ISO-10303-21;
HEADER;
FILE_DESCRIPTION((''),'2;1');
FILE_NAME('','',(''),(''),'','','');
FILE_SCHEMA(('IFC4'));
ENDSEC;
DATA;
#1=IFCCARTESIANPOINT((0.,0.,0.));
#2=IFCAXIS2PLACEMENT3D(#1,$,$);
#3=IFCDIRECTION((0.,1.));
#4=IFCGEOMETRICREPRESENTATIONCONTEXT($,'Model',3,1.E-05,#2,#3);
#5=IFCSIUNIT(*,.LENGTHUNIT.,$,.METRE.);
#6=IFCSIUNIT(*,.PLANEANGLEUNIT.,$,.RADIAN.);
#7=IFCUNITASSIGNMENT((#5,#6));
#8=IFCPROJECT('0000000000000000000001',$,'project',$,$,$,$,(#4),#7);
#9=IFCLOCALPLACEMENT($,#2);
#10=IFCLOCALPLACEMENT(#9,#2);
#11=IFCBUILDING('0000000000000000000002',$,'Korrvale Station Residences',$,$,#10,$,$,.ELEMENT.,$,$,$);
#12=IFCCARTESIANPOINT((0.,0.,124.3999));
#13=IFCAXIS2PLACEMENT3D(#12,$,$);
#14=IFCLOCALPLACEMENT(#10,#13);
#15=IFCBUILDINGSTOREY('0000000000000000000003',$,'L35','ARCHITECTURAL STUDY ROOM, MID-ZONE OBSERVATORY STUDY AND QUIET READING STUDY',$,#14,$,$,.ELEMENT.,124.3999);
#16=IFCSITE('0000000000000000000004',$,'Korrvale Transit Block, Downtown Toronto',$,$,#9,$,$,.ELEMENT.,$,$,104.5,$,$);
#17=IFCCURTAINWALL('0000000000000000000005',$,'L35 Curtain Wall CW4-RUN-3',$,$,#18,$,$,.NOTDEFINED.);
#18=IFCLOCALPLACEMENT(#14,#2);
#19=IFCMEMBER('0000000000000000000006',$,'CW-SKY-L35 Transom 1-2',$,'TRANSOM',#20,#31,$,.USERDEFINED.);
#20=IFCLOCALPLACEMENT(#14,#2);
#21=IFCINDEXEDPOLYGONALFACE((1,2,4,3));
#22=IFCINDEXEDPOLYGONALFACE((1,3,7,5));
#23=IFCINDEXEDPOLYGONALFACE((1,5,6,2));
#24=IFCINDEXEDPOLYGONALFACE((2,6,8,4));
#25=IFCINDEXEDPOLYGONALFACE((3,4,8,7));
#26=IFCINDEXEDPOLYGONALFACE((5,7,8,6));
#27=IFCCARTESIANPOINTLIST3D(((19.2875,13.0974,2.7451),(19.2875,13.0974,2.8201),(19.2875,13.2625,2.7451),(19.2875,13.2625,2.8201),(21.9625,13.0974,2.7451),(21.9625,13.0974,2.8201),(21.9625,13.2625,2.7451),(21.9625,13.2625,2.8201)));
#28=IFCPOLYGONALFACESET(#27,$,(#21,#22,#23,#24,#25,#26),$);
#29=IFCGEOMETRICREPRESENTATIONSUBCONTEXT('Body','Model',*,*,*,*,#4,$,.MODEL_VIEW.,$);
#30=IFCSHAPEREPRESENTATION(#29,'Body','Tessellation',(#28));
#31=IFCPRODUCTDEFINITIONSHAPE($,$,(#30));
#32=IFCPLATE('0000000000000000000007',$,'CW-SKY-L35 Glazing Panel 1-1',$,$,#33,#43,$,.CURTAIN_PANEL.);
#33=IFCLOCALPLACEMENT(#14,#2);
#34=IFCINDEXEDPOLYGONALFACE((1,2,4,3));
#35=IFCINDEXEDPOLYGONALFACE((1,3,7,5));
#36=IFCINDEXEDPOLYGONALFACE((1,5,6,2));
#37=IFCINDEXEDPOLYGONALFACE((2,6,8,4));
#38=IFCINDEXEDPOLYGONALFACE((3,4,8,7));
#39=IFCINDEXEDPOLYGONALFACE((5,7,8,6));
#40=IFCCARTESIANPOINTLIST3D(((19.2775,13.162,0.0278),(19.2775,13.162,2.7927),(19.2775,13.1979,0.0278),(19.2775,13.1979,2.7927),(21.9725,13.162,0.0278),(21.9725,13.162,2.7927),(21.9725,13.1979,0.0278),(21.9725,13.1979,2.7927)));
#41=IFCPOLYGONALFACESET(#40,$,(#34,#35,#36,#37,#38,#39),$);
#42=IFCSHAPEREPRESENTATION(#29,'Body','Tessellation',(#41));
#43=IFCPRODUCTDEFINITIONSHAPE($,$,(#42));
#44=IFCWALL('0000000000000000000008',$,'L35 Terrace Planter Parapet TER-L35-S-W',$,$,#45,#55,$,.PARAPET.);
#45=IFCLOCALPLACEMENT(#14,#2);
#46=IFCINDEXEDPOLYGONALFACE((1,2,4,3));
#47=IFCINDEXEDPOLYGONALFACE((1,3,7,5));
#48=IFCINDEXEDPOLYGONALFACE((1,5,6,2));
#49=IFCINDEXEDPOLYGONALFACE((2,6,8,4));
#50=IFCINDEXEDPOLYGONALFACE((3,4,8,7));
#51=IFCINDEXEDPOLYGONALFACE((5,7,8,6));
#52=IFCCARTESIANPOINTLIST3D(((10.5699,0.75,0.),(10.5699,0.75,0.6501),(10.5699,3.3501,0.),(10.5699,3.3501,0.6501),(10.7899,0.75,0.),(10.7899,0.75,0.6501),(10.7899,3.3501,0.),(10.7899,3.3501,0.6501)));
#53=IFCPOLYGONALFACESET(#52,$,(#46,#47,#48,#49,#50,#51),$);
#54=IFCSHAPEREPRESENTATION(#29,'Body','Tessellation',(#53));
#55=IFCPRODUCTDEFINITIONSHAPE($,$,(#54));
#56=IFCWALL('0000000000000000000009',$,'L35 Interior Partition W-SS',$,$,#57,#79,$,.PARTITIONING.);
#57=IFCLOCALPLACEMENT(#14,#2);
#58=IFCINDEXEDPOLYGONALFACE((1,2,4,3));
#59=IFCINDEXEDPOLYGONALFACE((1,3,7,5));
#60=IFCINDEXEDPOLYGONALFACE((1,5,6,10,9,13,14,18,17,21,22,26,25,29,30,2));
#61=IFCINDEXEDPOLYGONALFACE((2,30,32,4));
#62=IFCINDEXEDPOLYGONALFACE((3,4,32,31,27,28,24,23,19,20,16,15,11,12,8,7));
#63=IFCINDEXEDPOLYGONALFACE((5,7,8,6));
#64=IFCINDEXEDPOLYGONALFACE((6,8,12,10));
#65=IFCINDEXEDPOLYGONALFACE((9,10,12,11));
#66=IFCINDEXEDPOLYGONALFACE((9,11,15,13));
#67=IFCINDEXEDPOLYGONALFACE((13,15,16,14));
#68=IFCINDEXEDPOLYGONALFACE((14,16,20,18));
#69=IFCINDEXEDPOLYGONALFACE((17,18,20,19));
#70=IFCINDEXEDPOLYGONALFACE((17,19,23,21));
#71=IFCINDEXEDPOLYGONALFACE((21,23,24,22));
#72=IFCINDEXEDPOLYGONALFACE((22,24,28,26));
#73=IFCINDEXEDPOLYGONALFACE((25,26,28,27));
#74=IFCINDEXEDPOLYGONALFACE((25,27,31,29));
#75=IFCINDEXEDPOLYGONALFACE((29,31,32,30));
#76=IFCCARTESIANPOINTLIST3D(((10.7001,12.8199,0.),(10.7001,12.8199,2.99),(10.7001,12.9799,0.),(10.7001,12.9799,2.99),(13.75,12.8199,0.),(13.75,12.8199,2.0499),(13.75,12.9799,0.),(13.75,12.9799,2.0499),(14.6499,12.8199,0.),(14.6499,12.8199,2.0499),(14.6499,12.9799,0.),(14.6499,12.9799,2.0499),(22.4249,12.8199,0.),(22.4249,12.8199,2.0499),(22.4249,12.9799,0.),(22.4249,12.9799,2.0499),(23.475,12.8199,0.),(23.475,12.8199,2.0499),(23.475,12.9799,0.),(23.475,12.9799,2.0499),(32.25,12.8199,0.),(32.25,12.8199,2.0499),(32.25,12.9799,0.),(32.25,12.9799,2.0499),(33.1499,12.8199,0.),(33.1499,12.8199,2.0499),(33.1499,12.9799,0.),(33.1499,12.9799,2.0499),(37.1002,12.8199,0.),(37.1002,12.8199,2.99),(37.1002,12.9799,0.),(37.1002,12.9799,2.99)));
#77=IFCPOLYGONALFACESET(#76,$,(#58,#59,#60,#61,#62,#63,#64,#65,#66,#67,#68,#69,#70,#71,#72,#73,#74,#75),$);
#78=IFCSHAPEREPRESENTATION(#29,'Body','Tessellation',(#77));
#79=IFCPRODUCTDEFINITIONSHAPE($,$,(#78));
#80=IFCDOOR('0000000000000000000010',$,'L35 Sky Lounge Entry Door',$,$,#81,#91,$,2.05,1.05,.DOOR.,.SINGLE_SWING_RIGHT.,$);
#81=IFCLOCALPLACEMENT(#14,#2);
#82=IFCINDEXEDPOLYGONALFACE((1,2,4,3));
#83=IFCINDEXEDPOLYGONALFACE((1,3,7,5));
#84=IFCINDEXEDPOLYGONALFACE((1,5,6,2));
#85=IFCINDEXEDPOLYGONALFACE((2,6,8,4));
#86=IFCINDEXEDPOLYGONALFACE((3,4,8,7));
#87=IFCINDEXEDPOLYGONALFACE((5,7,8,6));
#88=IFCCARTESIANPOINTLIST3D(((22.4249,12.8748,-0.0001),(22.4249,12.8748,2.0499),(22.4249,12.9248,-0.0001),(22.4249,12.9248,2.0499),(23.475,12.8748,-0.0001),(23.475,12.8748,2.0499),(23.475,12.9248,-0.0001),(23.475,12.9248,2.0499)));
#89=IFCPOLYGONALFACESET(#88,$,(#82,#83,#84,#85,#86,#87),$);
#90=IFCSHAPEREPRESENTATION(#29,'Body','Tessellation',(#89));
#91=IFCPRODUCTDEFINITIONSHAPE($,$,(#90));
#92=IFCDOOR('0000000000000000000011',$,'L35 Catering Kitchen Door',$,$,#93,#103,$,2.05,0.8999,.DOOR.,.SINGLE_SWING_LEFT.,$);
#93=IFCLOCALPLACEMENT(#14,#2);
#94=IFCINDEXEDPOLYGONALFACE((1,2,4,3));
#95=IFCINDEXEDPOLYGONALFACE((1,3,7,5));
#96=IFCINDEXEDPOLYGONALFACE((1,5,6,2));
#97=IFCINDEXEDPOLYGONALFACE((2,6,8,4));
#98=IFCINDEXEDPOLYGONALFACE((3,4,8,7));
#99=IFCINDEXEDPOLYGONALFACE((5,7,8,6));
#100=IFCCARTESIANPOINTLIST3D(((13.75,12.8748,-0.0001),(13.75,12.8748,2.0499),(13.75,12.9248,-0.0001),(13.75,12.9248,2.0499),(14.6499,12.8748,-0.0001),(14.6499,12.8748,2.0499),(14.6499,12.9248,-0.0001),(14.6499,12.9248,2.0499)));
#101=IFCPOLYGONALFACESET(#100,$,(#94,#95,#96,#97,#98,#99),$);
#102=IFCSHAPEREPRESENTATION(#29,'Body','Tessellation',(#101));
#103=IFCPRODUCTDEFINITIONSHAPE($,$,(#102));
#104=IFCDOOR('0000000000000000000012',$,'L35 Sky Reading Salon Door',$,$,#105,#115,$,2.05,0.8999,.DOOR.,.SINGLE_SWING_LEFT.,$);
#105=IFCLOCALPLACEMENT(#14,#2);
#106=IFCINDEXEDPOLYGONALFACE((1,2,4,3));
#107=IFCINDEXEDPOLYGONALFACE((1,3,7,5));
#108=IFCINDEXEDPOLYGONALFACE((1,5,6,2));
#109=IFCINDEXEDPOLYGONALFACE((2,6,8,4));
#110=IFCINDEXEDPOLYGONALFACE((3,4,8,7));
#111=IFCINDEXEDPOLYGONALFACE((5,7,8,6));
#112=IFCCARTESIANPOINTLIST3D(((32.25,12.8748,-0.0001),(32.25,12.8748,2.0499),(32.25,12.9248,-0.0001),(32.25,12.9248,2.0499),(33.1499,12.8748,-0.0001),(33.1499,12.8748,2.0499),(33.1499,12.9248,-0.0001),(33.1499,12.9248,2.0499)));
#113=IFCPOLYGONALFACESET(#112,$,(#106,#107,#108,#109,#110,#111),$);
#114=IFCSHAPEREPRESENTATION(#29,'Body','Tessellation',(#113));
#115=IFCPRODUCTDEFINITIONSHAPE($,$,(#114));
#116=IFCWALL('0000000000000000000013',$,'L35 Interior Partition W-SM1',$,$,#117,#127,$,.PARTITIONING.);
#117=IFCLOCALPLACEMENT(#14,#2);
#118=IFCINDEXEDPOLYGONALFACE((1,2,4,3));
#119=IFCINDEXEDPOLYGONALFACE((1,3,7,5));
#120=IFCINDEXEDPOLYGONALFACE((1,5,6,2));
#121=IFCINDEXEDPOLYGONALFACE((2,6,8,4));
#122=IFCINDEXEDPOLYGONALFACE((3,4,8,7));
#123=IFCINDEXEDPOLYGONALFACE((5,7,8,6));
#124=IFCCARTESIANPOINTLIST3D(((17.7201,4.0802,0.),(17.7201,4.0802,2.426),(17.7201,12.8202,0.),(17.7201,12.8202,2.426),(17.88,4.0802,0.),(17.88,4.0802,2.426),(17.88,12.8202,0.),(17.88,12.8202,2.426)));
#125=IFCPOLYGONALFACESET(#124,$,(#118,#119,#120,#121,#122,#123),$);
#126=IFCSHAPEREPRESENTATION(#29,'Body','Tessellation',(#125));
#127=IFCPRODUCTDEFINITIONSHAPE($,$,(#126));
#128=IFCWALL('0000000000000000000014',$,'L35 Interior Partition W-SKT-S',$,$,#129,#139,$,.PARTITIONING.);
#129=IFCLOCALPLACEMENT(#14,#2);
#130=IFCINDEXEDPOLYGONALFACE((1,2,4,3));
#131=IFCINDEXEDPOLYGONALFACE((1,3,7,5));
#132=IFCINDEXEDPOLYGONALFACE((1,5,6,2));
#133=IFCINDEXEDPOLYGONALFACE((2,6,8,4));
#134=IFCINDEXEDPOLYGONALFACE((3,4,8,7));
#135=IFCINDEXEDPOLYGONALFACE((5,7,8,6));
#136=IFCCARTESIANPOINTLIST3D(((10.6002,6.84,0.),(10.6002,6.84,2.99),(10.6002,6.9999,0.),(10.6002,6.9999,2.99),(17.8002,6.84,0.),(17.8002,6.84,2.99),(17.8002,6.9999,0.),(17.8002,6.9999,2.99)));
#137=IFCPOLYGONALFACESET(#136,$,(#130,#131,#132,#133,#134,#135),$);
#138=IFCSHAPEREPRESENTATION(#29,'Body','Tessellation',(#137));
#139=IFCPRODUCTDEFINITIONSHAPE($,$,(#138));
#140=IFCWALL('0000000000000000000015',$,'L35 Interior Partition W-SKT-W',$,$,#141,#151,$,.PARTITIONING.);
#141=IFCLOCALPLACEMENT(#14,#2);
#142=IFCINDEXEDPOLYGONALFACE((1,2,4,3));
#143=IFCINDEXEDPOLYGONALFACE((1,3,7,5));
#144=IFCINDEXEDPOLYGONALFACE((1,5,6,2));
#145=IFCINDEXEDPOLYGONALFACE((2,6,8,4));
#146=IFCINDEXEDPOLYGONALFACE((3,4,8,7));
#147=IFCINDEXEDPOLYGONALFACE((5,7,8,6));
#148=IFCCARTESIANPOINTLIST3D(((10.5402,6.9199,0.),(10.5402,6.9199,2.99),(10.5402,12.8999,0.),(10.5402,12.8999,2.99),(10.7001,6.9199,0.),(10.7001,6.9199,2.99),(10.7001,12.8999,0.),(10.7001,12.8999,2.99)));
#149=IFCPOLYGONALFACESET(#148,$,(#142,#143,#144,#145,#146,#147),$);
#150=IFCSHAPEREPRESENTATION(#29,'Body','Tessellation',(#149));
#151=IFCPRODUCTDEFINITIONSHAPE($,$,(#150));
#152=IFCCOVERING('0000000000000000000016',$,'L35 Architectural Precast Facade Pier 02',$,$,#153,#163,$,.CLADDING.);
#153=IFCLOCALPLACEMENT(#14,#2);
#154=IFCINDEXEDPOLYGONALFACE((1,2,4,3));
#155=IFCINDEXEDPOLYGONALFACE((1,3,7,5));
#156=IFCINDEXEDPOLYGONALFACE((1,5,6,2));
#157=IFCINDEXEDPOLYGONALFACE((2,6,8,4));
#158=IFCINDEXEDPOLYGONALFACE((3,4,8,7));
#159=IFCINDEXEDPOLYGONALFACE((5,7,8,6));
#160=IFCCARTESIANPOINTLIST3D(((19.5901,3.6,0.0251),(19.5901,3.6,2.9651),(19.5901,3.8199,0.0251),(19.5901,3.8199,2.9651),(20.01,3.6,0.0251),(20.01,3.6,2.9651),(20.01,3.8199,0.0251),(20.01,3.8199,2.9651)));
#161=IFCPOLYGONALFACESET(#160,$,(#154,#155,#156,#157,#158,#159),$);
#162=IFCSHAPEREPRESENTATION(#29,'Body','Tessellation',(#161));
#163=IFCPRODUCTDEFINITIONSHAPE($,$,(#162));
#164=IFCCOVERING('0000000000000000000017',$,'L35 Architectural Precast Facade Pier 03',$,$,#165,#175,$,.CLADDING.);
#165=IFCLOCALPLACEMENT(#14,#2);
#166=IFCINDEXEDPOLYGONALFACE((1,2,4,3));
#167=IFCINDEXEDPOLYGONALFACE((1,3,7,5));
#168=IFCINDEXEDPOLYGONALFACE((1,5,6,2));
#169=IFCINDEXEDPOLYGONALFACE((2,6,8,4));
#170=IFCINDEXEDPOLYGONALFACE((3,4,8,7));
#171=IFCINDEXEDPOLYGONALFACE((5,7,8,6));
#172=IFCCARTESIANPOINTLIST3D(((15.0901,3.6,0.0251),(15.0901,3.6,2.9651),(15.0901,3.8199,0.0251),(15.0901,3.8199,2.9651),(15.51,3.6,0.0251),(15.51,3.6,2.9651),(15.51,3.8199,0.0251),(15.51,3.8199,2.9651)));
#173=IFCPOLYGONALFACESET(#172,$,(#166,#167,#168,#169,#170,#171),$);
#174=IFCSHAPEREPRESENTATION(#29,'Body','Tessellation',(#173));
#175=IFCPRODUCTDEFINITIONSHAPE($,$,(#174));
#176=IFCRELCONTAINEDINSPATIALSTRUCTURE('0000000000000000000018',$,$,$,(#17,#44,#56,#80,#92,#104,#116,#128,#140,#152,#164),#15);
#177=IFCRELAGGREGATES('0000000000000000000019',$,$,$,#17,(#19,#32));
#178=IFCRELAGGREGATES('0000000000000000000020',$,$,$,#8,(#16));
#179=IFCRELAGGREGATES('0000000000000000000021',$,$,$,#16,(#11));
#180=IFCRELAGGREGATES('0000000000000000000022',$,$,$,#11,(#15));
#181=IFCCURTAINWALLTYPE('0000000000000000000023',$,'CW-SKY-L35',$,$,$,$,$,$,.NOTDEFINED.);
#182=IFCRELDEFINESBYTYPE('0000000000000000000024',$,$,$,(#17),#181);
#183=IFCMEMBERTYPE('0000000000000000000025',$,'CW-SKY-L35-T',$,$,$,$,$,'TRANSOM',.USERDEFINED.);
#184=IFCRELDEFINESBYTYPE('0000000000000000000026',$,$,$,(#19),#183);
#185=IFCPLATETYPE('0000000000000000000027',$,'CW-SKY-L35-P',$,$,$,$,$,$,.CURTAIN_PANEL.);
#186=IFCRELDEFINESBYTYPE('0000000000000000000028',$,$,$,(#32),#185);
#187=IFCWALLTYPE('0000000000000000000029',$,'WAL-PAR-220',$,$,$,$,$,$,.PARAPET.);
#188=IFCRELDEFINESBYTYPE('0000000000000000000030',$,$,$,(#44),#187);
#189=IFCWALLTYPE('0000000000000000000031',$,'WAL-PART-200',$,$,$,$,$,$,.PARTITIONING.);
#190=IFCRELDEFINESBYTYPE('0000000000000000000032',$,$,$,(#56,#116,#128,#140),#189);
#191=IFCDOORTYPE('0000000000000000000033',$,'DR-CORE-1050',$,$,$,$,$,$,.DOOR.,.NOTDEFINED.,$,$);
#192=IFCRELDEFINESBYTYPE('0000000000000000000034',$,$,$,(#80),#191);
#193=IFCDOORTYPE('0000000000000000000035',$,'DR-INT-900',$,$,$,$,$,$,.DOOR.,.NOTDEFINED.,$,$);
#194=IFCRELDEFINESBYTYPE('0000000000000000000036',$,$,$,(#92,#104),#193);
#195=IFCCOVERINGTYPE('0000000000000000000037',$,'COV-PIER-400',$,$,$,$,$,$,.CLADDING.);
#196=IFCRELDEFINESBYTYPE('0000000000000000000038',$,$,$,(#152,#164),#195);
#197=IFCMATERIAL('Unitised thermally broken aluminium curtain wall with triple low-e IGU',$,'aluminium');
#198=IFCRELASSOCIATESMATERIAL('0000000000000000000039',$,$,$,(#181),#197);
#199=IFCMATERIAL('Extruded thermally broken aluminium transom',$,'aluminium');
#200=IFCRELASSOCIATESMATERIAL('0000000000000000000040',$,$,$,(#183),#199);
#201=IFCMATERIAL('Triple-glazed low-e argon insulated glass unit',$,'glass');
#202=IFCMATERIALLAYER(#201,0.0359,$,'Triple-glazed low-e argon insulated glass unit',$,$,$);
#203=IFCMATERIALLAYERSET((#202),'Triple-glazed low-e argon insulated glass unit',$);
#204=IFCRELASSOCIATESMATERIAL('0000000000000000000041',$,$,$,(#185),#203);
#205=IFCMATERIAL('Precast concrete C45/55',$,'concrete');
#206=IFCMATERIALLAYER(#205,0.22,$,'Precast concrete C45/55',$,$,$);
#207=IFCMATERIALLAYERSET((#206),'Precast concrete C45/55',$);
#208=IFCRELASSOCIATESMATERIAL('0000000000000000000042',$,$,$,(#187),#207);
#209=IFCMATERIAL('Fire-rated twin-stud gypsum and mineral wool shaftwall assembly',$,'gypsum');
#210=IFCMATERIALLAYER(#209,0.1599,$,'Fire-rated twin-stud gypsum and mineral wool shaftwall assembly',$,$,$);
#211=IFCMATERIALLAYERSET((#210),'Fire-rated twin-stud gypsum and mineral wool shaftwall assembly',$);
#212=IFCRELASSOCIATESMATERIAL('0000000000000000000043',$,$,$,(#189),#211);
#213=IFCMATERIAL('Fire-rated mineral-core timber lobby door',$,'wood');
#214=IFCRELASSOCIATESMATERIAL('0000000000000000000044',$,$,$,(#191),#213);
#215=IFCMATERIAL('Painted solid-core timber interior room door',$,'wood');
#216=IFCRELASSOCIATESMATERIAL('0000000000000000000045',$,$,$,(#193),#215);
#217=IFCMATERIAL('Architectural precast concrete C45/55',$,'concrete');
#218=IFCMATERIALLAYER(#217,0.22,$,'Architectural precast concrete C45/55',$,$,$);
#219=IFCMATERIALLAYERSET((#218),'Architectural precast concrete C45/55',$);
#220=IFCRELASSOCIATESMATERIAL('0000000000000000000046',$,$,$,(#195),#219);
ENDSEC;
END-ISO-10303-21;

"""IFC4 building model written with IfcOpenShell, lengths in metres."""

from ifc_helpers import new_model, si_unit, direction, frame, frame_2d, origin, origin_2d, place, context, subcontext, project, spatial, rectangle, extrude, material, layer, layer_set, type_object, element, fill, aggregate, save


model = new_model("IFC4")

# Units and contexts
model_context = context("Model", 3, precision=1e-05, world=origin(), true_north=direction((0.0, 1.0)))
body_context = subcontext(model_context, "Body", "Model", "MODEL_VIEW")
ifc_project = project(units=[si_unit("LENGTHUNIT", "METRE"), si_unit("PLANEANGLEUNIT", "RADIAN")], contexts=[model_context])

# Site, building, storey
site_placement = place(None, origin())
site = spatial("IfcSite", under=ifc_project, at=site_placement, Name="Korrvale Transit Block, Downtown Toronto", CompositionType="ELEMENT", RefElevation=104.5)
building_placement = place(site_placement, origin())
building = spatial("IfcBuilding", under=site, at=building_placement, Name="Korrvale Station Residences", CompositionType="ELEMENT")
storey_placement = place(building_placement, frame((0.0, 0.0, 124.3999)))
storey = spatial("IfcBuildingStorey", under=building, at=storey_placement, Name="L35", Description="ARCHITECTURAL STUDY ROOM, MID-ZONE OBSERVATORY STUDY AND QUIET READING STUDY", CompositionType="ELEMENT", Elevation=124.3999)

# Curtain wall, member, plate
ifc_material_1 = material(Name="Unitised thermally broken aluminium curtain wall with triple low-e IGU", Category="aluminium")
curtain_wall_type = type_object("IfcCurtainWallType", Name="CW-SKY-L35", PredefinedType="NOTDEFINED", material=ifc_material_1)
curtain_wall_placement = place(storey_placement, origin())
curtain_wall = element("IfcCurtainWall", 1, at=curtain_wall_placement, inside=storey, type_object=curtain_wall_type, Name="L35 Curtain Wall CW4-RUN-3", PredefinedType="NOTDEFINED")
ifc_material_2 = material(Name="Extruded thermally broken aluminium transom", Category="aluminium")
member_type_1 = type_object("IfcMemberType", Name="CW-SKY-L35-T", ElementType="TRANSOM", PredefinedType="USERDEFINED", material=ifc_material_2)
member_1_placement = place(storey_placement, frame((20.625, 13.1799, 2.7451), z_axis=(0.0, 0.0, 1.0), x_axis=(1.0, 0.0, 0.0)))
member_1 = element("IfcMember", 2, at=member_1_placement, type_object=member_type_1, Name="CW-SKY-L35 Transom 1-2", ObjectType="TRANSOM", PredefinedType="USERDEFINED", context=body_context, shape_type="SweptSolid", body=[
    extrude(rectangle(XDim=2.675, YDim=0.165, at=origin_2d()), origin(), (0.0, 0.0, 1.0), 0.075),
])
ifc_material_3 = material(Name="Triple-glazed low-e argon insulated glass unit", Category="glass")
ifc_layer_1 = layer(ifc_material_3, 0.0359, Name="Triple-glazed low-e argon insulated glass unit")
ifc_layer_set_1 = layer_set([ifc_layer_1], Name="Triple-glazed low-e argon insulated glass unit")
plate_type = type_object("IfcPlateType", Name="CW-SKY-L35-P", PredefinedType="CURTAIN_PANEL", material=ifc_layer_set_1)
plate_placement = place(storey_placement, frame((20.625, 13.1799, 0.0278), z_axis=(0.0, 0.0, 1.0), x_axis=(1.0, 0.0, 0.0)))
plate = element("IfcPlate", 3, at=plate_placement, type_object=plate_type, Name="CW-SKY-L35 Glazing Panel 1-1", PredefinedType="CURTAIN_PANEL", context=body_context, shape_type="SweptSolid", body=[
    extrude(rectangle(XDim=2.6951, YDim=0.0359, at=origin_2d()), origin(), (0.0, 0.0, 1.0), 2.7649),
])
aggregate(curtain_wall, [member_1, plate])

# Wall
ifc_material_4 = material(Name="Precast concrete C45/55", Category="concrete")
ifc_layer_2 = layer(ifc_material_4, 0.22, Name="Precast concrete C45/55")
ifc_layer_set_2 = layer_set([ifc_layer_2], Name="Precast concrete C45/55")
wall_type_1 = type_object("IfcWallType", Name="WAL-PAR-220", PredefinedType="PARAPET", material=ifc_layer_set_2)
wall_1_placement = place(storey_placement, frame((10.6799, 0.75, 0.0), z_axis=(0.0, 0.0, 1.0), x_axis=(0.0, 1.0, 0.0)))
element("IfcWall", 4, at=wall_1_placement, inside=storey, type_object=wall_type_1, Name="L35 Terrace Planter Parapet TER-L35-S-W", PredefinedType="PARAPET", context=body_context, shape_type="SweptSolid", body=[
    extrude(rectangle(XDim=2.6001, YDim=0.22, at=frame_2d((1.3, 0.0))), origin(), (0.0, 0.0, 1.0), 0.6501),
])

# Wall, openings, doors
ifc_material_5 = material(Name="Fire-rated twin-stud gypsum and mineral wool shaftwall assembly", Category="gypsum")
ifc_layer_3 = layer(ifc_material_5, 0.1599, Name="Fire-rated twin-stud gypsum and mineral wool shaftwall assembly")
ifc_layer_set_3 = layer_set([ifc_layer_3], Name="Fire-rated twin-stud gypsum and mineral wool shaftwall assembly")
wall_type_2 = type_object("IfcWallType", Name="WAL-PART-200", PredefinedType="PARTITIONING", material=ifc_layer_set_3)
wall_2_placement = place(storey_placement, frame((10.7, 12.8999, 0.0), z_axis=(0.0, 0.0, 1.0), x_axis=(1.0, 0.0, 0.0)))
wall_2 = element("IfcWall", 5, at=wall_2_placement, inside=storey, type_object=wall_type_2, Name="L35 Interior Partition W-SS", PredefinedType="PARTITIONING", context=body_context, shape_type="SweptSolid", body=[
    extrude(rectangle(XDim=26.4001, YDim=0.1599, at=frame_2d((13.2002, 0.0))), origin(), (0.0, 0.0, 1.0), 2.99),
])
opening_1_placement = place(wall_2_placement, frame((3.05, 0.0, 0.0)))
opening_1 = element("IfcOpeningElement", 6, at=opening_1_placement, cuts=wall_2, PredefinedType="OPENING", context=body_context, shape_type="SweptSolid", body=[
    extrude(rectangle(XDim=0.8999, YDim=2.05, at=frame_2d((0.45, 1.0249))), frame((0.0, 0.0898, 0.0), z_axis=(0.0, -1.0, 0.0), x_axis=(1.0, 0.0, 0.0)), (0.0, 0.0, 1.0), 0.1799),
])
opening_2_placement = place(wall_2_placement, frame((11.7251, 0.0, 0.0)))
opening_2 = element("IfcOpeningElement", 7, at=opening_2_placement, cuts=wall_2, PredefinedType="OPENING", context=body_context, shape_type="SweptSolid", body=[
    extrude(rectangle(XDim=1.05, YDim=2.05, at=frame_2d((0.5249, 1.0249))), frame((0.0, 0.0898, 0.0), z_axis=(0.0, -1.0, 0.0), x_axis=(1.0, 0.0, 0.0)), (0.0, 0.0, 1.0), 0.1799),
])
opening_3_placement = place(wall_2_placement, frame((21.55, 0.0, 0.0)))
opening_3 = element("IfcOpeningElement", 8, at=opening_3_placement, cuts=wall_2, PredefinedType="OPENING", context=body_context, shape_type="SweptSolid", body=[
    extrude(rectangle(XDim=0.8999, YDim=2.05, at=frame_2d((0.45, 1.0249))), frame((0.0, 0.0898, 0.0), z_axis=(0.0, -1.0, 0.0), x_axis=(1.0, 0.0, 0.0)), (0.0, 0.0, 1.0), 0.1799),
])
ifc_material_6 = material(Name="Fire-rated mineral-core timber lobby door", Category="wood")
door_type_1 = type_object("IfcDoorType", Name="DR-CORE-1050", OperationType="NOTDEFINED", PredefinedType="DOOR", material=ifc_material_6)
door_1_placement = place(opening_2_placement, origin())
door_1 = element("IfcDoor", 9, at=door_1_placement, inside=storey, type_object=door_type_1, Name="L35 Sky Lounge Entry Door", OperationType="SINGLE_SWING_RIGHT", OverallHeight=2.05, OverallWidth=1.05, PredefinedType="DOOR", context=body_context, shape_type="SweptSolid", body=[
    extrude(rectangle(XDim=1.05, YDim=2.05, at=frame_2d((0.5249, 1.0249))), frame((0.0, 0.0249, 0.0), z_axis=(0.0, -1.0, 0.0), x_axis=(1.0, 0.0, 0.0)), (0.0, 0.0, 1.0), 0.05),
])
fill(opening_2, door_1)
ifc_material_7 = material(Name="Painted solid-core timber interior room door", Category="wood")
door_type_2 = type_object("IfcDoorType", Name="DR-INT-900", OperationType="NOTDEFINED", PredefinedType="DOOR", material=ifc_material_7)
door_2_placement = place(opening_1_placement, origin())
door_2 = element("IfcDoor", 10, at=door_2_placement, inside=storey, type_object=door_type_2, Name="L35 Catering Kitchen Door", OperationType="SINGLE_SWING_LEFT", OverallHeight=2.05, OverallWidth=0.8999, PredefinedType="DOOR", context=body_context, shape_type="SweptSolid", body=[
    extrude(rectangle(XDim=0.8999, YDim=2.05, at=frame_2d((0.45, 1.0249))), frame((0.0, 0.0249, 0.0), z_axis=(0.0, -1.0, 0.0), x_axis=(1.0, 0.0, 0.0)), (0.0, 0.0, 1.0), 0.05),
])
fill(opening_1, door_2)
door_3_placement = place(opening_3_placement, origin())
door_3 = element("IfcDoor", 11, at=door_3_placement, inside=storey, type_object=door_type_2, Name="L35 Sky Reading Salon Door", OperationType="SINGLE_SWING_LEFT", OverallHeight=2.05, OverallWidth=0.8999, PredefinedType="DOOR", context=body_context, shape_type="SweptSolid", body=[
    extrude(rectangle(XDim=0.8999, YDim=2.05, at=frame_2d((0.45, 1.0249))), frame((0.0, 0.0249, 0.0), z_axis=(0.0, -1.0, 0.0), x_axis=(1.0, 0.0, 0.0)), (0.0, 0.0, 1.0), 0.05),
])
fill(opening_3, door_3)

# Walls
wall_3_placement = place(storey_placement, frame((17.8, 4.0801, 0.0), z_axis=(0.0, 0.0, 1.0), x_axis=(0.0, 1.0, 0.0)))
element("IfcWall", 12, at=wall_3_placement, inside=storey, type_object=wall_type_2, Name="L35 Interior Partition W-SM1", PredefinedType="PARTITIONING", context=body_context, shape_type="SweptSolid", body=[
    extrude(rectangle(XDim=8.74, YDim=0.1599, at=frame_2d((4.3701, 0.0))), origin(), (0.0, 0.0, 1.0), 2.426),
])
wall_4_placement = place(storey_placement, frame((10.6001, 6.9199, 0.0), z_axis=(0.0, 0.0, 1.0), x_axis=(1.0, 0.0, 0.0)))
element("IfcWall", 13, at=wall_4_placement, inside=storey, type_object=wall_type_2, Name="L35 Interior Partition W-SKT-S", PredefinedType="PARTITIONING", context=body_context, shape_type="SweptSolid", body=[
    extrude(rectangle(XDim=7.2, YDim=0.1599, at=frame_2d((3.6001, 0.0))), origin(), (0.0, 0.0, 1.0), 2.99),
])
wall_5_placement = place(storey_placement, frame((10.6201, 6.9199, 0.0), z_axis=(0.0, 0.0, 1.0), x_axis=(0.0, 1.0, 0.0)))
element("IfcWall", 14, at=wall_5_placement, inside=storey, type_object=wall_type_2, Name="L35 Interior Partition W-SKT-W", PredefinedType="PARTITIONING", context=body_context, shape_type="SweptSolid", body=[
    extrude(rectangle(XDim=5.98, YDim=0.1599, at=frame_2d((2.99, 0.0))), origin(), (0.0, 0.0, 1.0), 2.99),
])

# Coverings
ifc_material_8 = material(Name="Architectural precast concrete C45/55", Category="concrete")
ifc_layer_4 = layer(ifc_material_8, 0.22, Name="Architectural precast concrete C45/55")
ifc_layer_set_4 = layer_set([ifc_layer_4], Name="Architectural precast concrete C45/55")
covering_type = type_object("IfcCoveringType", Name="COV-PIER-400", PredefinedType="CLADDING", material=ifc_layer_set_4)
for number, where, z_axis, x_axis, name in (
    (15, (19.8, 3.71, 0.0251), (0.0, 0.0, 1.0), (1.0, 0.0, 0.0), "L35 Architectural Precast Facade Pier 02"),
    (16, (15.3, 3.71, 0.0251), (0.0, 0.0, 1.0), (1.0, 0.0, 0.0), "L35 Architectural Precast Facade Pier 03"),
):
    element("IfcCovering", number, at=place(storey_placement, frame(where, z_axis=z_axis, x_axis=x_axis)), inside=storey, type_object=covering_type, Name=name, PredefinedType="CLADDING", context=body_context, shape_type="SweptSolid", body=[
        extrude(rectangle(XDim=0.4199, YDim=0.22, at=origin_2d()), origin(), (0.0, 0.0, 1.0), 2.9399),
    ])

save(model, "model.ifc")
